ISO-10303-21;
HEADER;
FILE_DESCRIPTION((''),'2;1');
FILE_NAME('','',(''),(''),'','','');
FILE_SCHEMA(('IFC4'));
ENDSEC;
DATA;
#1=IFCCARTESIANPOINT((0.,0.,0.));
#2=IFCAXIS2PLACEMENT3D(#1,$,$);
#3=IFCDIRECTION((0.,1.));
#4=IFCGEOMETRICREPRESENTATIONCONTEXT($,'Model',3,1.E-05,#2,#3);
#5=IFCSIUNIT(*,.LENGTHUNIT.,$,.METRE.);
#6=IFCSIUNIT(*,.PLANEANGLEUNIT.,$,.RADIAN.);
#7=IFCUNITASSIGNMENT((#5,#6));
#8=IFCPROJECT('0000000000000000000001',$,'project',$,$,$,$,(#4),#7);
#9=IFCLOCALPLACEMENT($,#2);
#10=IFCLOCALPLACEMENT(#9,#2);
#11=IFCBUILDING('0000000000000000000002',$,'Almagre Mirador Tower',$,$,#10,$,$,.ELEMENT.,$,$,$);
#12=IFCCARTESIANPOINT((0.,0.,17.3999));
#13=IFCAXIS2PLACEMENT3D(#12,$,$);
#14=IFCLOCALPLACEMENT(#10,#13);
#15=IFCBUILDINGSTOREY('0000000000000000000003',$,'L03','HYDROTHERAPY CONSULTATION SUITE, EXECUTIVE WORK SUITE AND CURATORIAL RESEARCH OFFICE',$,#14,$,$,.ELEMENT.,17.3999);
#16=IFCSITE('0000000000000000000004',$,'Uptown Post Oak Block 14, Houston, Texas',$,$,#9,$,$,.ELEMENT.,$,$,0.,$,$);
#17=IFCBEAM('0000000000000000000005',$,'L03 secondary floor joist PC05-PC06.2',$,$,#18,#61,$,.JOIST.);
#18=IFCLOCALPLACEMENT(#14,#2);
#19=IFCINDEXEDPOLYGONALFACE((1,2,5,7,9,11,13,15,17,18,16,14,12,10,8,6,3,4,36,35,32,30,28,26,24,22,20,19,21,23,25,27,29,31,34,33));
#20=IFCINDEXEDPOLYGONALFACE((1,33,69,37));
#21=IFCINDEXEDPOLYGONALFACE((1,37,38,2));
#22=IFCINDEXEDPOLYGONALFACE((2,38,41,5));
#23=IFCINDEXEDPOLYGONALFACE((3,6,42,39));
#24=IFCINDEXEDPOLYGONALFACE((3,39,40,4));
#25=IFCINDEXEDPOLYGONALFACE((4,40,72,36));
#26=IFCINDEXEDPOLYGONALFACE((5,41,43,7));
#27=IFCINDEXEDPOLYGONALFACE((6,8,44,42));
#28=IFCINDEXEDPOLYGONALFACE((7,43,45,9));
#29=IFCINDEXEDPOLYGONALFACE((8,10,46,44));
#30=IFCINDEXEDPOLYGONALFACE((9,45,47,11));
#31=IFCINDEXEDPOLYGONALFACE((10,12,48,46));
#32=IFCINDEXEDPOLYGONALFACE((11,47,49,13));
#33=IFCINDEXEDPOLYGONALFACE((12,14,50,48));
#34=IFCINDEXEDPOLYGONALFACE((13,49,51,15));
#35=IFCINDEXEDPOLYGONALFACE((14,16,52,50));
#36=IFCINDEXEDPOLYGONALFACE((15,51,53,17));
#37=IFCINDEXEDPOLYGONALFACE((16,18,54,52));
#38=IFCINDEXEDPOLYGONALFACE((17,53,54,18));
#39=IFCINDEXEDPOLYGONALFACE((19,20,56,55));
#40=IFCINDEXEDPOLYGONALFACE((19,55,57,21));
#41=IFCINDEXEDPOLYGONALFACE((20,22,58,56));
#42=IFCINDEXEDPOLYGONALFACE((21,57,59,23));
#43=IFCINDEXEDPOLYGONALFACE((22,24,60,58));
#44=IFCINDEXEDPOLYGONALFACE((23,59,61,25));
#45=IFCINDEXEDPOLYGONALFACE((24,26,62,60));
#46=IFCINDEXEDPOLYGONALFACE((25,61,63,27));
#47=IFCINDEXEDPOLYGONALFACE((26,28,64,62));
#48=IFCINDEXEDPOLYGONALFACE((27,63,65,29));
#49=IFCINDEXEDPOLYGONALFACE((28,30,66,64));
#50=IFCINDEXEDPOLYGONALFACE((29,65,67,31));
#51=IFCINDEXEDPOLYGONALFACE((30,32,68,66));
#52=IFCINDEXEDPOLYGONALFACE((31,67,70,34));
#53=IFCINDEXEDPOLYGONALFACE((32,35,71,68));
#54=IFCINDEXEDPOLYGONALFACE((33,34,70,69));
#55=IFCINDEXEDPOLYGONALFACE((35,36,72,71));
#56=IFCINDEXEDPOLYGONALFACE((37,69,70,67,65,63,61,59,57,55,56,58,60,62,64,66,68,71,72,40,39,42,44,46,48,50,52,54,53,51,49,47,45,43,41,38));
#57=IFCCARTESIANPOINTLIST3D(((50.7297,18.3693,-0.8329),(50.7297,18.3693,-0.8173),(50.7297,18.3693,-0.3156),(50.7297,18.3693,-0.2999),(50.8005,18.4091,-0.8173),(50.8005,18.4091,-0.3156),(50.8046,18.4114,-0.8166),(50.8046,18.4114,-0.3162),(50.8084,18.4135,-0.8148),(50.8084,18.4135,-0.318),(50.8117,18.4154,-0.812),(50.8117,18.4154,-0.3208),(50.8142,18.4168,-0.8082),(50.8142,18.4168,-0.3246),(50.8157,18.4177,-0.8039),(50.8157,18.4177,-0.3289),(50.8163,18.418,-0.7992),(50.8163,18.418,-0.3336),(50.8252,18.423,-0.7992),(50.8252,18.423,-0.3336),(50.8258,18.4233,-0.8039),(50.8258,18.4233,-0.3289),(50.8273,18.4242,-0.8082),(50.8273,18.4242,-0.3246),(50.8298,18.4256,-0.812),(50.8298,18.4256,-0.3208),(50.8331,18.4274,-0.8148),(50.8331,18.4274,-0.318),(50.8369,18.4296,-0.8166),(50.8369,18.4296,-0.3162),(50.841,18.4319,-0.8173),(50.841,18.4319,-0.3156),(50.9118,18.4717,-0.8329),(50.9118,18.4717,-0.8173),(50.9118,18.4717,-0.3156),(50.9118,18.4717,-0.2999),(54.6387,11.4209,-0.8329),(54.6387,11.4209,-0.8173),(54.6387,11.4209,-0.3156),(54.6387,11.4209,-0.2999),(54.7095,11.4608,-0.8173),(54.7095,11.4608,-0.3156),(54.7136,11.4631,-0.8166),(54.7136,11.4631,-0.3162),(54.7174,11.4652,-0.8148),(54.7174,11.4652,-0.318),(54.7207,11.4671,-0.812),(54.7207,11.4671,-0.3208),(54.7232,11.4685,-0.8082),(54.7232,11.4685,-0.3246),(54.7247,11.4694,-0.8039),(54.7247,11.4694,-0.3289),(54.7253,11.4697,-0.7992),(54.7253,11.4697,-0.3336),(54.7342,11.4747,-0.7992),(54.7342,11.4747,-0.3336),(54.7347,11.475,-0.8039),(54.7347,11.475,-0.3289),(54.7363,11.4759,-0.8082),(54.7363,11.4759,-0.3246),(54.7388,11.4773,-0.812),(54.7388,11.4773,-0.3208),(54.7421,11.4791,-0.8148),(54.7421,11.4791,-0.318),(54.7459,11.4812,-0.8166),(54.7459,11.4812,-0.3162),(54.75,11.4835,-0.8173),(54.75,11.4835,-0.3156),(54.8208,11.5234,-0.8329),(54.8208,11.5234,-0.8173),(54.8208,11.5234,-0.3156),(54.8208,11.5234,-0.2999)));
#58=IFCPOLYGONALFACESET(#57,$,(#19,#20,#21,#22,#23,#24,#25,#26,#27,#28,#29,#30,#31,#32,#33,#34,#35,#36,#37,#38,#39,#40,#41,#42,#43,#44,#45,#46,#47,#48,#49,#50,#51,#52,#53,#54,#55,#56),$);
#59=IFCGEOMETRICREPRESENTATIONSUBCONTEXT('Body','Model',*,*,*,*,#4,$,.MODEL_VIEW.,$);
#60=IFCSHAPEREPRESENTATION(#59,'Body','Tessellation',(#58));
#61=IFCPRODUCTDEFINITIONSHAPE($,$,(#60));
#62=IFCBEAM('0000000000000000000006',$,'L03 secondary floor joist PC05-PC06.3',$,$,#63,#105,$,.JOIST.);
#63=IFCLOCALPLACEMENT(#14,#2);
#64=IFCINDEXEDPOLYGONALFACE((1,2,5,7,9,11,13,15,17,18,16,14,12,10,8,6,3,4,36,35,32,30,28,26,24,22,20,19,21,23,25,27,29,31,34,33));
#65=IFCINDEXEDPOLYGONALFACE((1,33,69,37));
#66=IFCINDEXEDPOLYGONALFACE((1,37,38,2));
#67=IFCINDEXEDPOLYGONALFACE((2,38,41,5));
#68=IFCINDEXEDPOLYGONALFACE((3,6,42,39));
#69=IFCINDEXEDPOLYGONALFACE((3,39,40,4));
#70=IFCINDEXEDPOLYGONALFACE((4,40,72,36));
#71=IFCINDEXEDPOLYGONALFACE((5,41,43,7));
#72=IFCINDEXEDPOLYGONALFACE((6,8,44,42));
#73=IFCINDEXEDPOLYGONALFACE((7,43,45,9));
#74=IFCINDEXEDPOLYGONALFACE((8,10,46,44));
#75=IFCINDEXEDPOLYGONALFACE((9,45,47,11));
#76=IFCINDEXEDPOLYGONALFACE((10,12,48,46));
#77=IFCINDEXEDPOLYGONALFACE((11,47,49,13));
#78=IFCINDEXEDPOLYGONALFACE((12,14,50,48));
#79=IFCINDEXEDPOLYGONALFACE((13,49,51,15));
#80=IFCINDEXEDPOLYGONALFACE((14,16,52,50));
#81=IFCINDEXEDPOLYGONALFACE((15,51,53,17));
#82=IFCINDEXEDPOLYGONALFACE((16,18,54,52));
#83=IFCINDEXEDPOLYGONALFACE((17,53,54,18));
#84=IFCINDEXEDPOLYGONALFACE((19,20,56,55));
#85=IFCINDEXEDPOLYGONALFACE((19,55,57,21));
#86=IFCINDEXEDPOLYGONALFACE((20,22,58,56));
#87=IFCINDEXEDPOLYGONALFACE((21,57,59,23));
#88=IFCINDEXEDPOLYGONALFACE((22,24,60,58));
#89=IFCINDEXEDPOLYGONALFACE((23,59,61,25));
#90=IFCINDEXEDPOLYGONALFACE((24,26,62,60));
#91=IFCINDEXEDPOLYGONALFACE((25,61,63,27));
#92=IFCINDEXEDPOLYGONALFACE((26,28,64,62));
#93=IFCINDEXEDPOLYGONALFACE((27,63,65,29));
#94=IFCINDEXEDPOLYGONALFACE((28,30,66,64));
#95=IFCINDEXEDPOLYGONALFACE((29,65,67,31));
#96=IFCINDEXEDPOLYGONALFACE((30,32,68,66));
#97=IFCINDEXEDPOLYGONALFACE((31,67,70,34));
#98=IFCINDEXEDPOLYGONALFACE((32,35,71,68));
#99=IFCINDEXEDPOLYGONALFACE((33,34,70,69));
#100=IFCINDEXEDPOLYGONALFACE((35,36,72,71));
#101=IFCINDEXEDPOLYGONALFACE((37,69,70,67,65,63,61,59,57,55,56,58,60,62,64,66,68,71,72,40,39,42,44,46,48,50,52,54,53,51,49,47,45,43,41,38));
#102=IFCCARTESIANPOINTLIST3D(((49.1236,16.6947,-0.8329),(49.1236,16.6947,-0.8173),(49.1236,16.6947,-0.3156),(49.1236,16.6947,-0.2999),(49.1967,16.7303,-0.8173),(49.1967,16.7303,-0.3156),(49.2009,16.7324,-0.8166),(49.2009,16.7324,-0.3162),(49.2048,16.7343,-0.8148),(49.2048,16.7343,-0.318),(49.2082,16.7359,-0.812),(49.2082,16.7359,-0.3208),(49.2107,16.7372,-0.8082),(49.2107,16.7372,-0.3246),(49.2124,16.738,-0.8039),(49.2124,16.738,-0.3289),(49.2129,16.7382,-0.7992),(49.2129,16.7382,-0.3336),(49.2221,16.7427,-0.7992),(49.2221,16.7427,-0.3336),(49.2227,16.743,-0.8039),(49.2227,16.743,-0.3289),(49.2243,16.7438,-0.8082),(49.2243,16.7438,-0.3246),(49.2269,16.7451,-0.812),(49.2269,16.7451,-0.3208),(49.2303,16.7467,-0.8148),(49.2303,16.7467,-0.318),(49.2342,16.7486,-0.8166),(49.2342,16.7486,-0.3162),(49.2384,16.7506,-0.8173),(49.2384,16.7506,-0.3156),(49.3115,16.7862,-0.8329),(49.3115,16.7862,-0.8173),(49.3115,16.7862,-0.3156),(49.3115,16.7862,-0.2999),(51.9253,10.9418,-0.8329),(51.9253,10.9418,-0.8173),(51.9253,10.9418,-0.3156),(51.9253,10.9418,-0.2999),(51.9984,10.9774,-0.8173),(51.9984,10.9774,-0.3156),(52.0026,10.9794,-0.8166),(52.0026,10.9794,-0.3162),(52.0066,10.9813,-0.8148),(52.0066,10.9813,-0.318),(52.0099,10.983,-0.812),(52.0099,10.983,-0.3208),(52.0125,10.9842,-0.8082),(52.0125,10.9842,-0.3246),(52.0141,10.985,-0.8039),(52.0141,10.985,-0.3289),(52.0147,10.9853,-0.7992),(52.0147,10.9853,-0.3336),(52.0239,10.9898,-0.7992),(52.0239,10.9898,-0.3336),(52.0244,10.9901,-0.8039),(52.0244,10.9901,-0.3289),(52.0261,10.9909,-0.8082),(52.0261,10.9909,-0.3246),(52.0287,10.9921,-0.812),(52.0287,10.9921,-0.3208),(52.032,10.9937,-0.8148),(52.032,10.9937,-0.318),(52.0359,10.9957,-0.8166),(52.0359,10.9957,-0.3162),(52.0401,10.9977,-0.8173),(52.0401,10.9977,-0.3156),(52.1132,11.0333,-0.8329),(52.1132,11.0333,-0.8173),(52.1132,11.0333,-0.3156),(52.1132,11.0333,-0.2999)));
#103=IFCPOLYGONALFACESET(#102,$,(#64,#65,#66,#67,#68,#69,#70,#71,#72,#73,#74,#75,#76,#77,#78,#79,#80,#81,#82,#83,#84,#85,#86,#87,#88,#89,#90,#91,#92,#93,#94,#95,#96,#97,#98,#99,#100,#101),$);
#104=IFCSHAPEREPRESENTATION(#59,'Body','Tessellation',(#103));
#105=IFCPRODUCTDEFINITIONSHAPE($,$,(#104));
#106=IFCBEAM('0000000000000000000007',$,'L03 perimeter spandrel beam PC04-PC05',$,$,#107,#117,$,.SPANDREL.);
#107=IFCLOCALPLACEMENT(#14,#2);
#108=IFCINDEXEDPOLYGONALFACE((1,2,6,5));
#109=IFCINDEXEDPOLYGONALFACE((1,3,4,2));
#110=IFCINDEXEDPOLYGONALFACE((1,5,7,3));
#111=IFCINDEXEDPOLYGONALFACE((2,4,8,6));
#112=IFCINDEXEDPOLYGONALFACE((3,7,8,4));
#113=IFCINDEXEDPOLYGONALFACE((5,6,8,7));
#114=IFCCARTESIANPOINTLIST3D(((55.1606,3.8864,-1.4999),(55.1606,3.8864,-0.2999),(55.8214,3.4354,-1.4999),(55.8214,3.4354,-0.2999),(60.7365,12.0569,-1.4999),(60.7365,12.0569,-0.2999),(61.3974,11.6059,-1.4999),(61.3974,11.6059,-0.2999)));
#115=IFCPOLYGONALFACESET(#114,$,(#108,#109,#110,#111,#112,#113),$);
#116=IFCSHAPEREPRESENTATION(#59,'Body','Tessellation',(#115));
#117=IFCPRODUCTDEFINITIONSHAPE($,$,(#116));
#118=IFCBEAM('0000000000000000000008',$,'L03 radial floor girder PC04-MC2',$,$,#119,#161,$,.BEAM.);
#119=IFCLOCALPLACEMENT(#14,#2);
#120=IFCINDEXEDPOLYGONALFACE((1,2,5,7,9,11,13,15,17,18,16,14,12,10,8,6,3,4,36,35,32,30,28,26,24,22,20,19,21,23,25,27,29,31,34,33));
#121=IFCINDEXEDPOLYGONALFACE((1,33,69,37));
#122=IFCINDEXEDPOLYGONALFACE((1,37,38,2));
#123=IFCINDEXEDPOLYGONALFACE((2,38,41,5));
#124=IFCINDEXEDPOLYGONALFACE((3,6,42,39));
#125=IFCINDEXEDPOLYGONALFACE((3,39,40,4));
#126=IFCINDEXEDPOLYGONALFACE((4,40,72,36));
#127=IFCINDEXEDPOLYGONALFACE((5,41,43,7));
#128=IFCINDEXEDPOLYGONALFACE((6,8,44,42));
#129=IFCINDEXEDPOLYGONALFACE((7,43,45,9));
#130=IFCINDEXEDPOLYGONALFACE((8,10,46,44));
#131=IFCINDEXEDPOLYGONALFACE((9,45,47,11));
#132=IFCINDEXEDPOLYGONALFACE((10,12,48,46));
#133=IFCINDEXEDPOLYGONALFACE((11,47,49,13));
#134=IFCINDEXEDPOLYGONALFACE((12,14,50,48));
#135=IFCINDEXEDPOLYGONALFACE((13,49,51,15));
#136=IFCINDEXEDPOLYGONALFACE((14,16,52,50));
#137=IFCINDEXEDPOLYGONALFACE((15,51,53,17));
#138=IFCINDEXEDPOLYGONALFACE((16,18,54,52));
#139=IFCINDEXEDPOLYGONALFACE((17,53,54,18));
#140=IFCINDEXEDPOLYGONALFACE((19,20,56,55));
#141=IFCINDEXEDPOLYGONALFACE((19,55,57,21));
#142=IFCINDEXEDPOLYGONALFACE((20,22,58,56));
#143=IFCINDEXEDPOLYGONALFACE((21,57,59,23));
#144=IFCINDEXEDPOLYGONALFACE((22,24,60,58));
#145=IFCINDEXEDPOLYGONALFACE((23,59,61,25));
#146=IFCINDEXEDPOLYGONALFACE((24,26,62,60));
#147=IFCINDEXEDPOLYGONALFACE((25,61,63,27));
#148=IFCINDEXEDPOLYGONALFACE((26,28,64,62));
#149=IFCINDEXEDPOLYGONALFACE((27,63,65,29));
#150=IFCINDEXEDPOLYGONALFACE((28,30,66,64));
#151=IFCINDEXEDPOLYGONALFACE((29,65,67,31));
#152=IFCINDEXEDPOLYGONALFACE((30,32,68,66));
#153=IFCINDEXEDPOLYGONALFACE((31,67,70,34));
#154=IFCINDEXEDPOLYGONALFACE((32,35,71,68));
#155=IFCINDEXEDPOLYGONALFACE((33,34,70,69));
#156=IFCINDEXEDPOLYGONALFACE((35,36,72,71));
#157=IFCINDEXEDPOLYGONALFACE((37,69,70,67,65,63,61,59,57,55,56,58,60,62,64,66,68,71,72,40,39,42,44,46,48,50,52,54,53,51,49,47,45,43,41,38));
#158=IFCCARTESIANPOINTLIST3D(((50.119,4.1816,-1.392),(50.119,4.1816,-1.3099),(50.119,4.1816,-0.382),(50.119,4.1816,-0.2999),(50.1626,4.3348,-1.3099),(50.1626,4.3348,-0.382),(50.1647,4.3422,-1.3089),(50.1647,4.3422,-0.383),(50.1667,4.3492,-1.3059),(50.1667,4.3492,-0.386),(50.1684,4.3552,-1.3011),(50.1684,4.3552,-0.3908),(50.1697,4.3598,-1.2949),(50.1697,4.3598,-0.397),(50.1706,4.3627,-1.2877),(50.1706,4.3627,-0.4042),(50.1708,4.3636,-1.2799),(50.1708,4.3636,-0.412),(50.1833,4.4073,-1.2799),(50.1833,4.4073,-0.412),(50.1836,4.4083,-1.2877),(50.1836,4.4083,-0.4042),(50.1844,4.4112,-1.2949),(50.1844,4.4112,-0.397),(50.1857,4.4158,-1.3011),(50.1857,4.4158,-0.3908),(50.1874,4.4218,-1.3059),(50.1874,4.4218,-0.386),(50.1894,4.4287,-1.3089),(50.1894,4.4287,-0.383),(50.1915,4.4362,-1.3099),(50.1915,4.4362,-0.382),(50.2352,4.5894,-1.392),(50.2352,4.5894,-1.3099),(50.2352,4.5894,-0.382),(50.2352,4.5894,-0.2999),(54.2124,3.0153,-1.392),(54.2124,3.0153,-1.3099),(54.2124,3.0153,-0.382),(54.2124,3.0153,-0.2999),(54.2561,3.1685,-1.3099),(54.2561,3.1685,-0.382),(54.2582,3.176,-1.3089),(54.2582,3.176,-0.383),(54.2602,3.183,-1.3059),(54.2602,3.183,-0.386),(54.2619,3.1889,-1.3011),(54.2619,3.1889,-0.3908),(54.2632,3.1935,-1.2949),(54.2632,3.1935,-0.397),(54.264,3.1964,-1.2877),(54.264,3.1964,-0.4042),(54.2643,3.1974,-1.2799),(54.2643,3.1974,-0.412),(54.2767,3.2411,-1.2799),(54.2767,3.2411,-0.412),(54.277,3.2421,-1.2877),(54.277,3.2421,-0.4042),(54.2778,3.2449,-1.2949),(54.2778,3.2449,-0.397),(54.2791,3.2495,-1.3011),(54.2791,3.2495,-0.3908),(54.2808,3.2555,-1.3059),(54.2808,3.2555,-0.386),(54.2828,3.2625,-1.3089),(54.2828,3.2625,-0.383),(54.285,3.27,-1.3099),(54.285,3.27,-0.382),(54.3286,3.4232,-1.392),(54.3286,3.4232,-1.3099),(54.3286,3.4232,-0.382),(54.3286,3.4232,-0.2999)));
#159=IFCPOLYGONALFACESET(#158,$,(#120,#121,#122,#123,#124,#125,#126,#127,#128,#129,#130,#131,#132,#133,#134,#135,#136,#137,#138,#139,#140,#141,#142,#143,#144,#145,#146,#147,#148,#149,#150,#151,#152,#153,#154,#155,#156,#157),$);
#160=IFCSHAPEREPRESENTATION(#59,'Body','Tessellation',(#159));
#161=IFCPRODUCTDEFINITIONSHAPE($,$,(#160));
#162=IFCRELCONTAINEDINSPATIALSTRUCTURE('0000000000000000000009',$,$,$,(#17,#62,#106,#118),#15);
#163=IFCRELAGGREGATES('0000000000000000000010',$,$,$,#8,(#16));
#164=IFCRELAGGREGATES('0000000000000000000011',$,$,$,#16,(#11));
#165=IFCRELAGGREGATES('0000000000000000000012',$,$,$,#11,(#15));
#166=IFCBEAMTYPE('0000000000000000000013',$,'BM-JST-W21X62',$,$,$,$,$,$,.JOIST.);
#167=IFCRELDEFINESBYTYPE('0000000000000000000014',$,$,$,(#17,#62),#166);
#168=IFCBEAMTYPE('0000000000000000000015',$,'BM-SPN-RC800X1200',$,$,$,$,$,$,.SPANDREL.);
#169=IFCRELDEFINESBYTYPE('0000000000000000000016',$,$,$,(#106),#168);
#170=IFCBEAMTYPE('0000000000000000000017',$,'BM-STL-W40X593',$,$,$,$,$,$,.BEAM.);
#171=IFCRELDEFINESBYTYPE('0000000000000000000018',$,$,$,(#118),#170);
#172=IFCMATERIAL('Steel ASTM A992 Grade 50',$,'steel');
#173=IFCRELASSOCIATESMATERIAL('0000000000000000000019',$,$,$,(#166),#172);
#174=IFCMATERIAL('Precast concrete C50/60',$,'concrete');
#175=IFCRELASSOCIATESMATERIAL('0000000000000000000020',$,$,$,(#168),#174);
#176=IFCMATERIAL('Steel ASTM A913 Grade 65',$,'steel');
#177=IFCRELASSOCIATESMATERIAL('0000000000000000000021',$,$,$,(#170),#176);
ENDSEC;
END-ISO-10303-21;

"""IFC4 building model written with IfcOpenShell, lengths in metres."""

from ifc_helpers import new_model, si_unit, direction, frame, origin, origin_2d, place, context, subcontext, project, spatial, rectangle, i_section, extrude, material, material_profile, profile_set, type_object, element, save


model = new_model("IFC4")

# Units and contexts
model_context = context("Model", 3, precision=1e-05, world=origin(), true_north=direction((0.0, 1.0)))
body_context = subcontext(model_context, "Body", "Model", "MODEL_VIEW")
ifc_project = project(units=[si_unit("LENGTHUNIT", "METRE"), si_unit("PLANEANGLEUNIT", "RADIAN")], contexts=[model_context])

# Site, building, storey
site_placement = place(None, origin())
site = spatial("IfcSite", under=ifc_project, at=site_placement, Name="Uptown Post Oak Block 14, Houston, Texas", CompositionType="ELEMENT", RefElevation=0.0)
building_placement = place(site_placement, origin())
building = spatial("IfcBuilding", under=site, at=building_placement, Name="Almagre Mirador Tower", CompositionType="ELEMENT")
storey_placement = place(building_placement, frame((0.0, 0.0, 17.3999)))
storey = spatial("IfcBuildingStorey", under=building, at=storey_placement, Name="L03", Description="HYDROTHERAPY CONSULTATION SUITE, EXECUTIVE WORK SUITE AND CURATORIAL RESEARCH OFFICE", CompositionType="ELEMENT", Elevation=17.3999)

# Beams
ifc_material_1 = material(Name="Steel ASTM A992 Grade 50", Category="steel")
ifc_material_profile_1 = material_profile(ifc_material_1, i_section(OverallWidth=0.209, OverallDepth=0.533, WebThickness=0.0103, FlangeThickness=0.0156, FilletRadius=0.0181, at=origin_2d()), Name="W21X62")
ifc_profile_set_1 = profile_set([ifc_material_profile_1], Name="Steel ASTM A992 Grade 50")
beam_type_1 = type_object("IfcBeamType", Name="BM-JST-W21X62", PredefinedType="JOIST", material=ifc_profile_set_1)
beam_1_placement = place(storey_placement, frame((54.7297, 11.4722, -0.5664), z_axis=(-0.490314, 0.871546, 0.0), x_axis=(-0.871546, -0.490314, 0.0)))
element("IfcBeam", 1, at=beam_1_placement, inside=storey, type_object=beam_type_1, Name="L03 secondary floor joist PC05-PC06.2", PredefinedType="JOIST", context=body_context, shape_type="SweptSolid", body=[
    extrude(i_section(OverallWidth=0.209, OverallDepth=0.533, WebThickness=0.0103, FlangeThickness=0.0156, FilletRadius=0.0181, at=origin_2d()), origin(), (0.0, 0.0, 1.0), 7.9724),
])
beam_2_placement = place(storey_placement, frame((52.0193, 10.9875, -0.5664), z_axis=(-0.437849, 0.899048, 0.0), x_axis=(-0.899048, -0.437849, 0.0)))
element("IfcBeam", 2, at=beam_2_placement, inside=storey, type_object=beam_type_1, Name="L03 secondary floor joist PC05-PC06.3", PredefinedType="JOIST", context=body_context, shape_type="SweptSolid", body=[
    extrude(i_section(OverallWidth=0.209, OverallDepth=0.533, WebThickness=0.0103, FlangeThickness=0.0156, FilletRadius=0.0181, at=origin_2d()), origin(), (0.0, 0.0, 1.0), 6.3989),
])
ifc_material_2 = material(Name="Precast concrete C50/60", Category="concrete")
ifc_material_profile_2 = material_profile(ifc_material_2, rectangle(XDim=0.8, YDim=1.2, at=origin_2d()), Name="RC800X1200")
ifc_profile_set_2 = profile_set([ifc_material_profile_2], Name="Precast concrete C50/60")
beam_type_2 = type_object("IfcBeamType", Name="BM-SPN-RC800X1200", PredefinedType="SPANDREL", material=ifc_profile_set_2)
beam_3_placement = place(storey_placement, frame((55.491, 3.6609, -0.8999), z_axis=(0.563695, 0.825983, 0.0), x_axis=(-0.825983, 0.563695, 0.0)))
element("IfcBeam", 3, at=beam_3_placement, inside=storey, type_object=beam_type_2, Name="L03 perimeter spandrel beam PC04-PC05", PredefinedType="SPANDREL", context=body_context, shape_type="SweptSolid", body=[
    extrude(rectangle(XDim=0.8, YDim=1.2, at=origin_2d()), origin(), (0.0, 0.0, 1.0), 9.8918),
])
ifc_material_3 = material(Name="Steel ASTM A913 Grade 65", Category="steel")
ifc_material_profile_3 = material_profile(ifc_material_3, i_section(OverallWidth=0.4241, OverallDepth=1.092, WebThickness=0.0454, FlangeThickness=0.082, FilletRadius=0.03, at=origin_2d()), Name="W40X593")
ifc_profile_set_3 = profile_set([ifc_material_profile_3], Name="Steel ASTM A913 Grade 65")
beam_type_3 = type_object("IfcBeamType", Name="BM-STL-W40X593", PredefinedType="BEAM", material=ifc_profile_set_3)
beam_4_placement = place(storey_placement, frame((54.2705, 3.2192, -0.8459), z_axis=(-0.961729, 0.274001, 0.0), x_axis=(-0.274001, -0.961729, 0.0)))
element("IfcBeam", 4, at=beam_4_placement, inside=storey, type_object=beam_type_3, Name="L03 radial floor girder PC04-MC2", PredefinedType="BEAM", context=body_context, shape_type="SweptSolid", body=[
    extrude(i_section(OverallWidth=0.4241, OverallDepth=1.092, WebThickness=0.0454, FlangeThickness=0.082, FilletRadius=0.03, at=origin_2d()), origin(), (0.0, 0.0, 1.0), 4.2563),
])

save(model, "model.ifc")
